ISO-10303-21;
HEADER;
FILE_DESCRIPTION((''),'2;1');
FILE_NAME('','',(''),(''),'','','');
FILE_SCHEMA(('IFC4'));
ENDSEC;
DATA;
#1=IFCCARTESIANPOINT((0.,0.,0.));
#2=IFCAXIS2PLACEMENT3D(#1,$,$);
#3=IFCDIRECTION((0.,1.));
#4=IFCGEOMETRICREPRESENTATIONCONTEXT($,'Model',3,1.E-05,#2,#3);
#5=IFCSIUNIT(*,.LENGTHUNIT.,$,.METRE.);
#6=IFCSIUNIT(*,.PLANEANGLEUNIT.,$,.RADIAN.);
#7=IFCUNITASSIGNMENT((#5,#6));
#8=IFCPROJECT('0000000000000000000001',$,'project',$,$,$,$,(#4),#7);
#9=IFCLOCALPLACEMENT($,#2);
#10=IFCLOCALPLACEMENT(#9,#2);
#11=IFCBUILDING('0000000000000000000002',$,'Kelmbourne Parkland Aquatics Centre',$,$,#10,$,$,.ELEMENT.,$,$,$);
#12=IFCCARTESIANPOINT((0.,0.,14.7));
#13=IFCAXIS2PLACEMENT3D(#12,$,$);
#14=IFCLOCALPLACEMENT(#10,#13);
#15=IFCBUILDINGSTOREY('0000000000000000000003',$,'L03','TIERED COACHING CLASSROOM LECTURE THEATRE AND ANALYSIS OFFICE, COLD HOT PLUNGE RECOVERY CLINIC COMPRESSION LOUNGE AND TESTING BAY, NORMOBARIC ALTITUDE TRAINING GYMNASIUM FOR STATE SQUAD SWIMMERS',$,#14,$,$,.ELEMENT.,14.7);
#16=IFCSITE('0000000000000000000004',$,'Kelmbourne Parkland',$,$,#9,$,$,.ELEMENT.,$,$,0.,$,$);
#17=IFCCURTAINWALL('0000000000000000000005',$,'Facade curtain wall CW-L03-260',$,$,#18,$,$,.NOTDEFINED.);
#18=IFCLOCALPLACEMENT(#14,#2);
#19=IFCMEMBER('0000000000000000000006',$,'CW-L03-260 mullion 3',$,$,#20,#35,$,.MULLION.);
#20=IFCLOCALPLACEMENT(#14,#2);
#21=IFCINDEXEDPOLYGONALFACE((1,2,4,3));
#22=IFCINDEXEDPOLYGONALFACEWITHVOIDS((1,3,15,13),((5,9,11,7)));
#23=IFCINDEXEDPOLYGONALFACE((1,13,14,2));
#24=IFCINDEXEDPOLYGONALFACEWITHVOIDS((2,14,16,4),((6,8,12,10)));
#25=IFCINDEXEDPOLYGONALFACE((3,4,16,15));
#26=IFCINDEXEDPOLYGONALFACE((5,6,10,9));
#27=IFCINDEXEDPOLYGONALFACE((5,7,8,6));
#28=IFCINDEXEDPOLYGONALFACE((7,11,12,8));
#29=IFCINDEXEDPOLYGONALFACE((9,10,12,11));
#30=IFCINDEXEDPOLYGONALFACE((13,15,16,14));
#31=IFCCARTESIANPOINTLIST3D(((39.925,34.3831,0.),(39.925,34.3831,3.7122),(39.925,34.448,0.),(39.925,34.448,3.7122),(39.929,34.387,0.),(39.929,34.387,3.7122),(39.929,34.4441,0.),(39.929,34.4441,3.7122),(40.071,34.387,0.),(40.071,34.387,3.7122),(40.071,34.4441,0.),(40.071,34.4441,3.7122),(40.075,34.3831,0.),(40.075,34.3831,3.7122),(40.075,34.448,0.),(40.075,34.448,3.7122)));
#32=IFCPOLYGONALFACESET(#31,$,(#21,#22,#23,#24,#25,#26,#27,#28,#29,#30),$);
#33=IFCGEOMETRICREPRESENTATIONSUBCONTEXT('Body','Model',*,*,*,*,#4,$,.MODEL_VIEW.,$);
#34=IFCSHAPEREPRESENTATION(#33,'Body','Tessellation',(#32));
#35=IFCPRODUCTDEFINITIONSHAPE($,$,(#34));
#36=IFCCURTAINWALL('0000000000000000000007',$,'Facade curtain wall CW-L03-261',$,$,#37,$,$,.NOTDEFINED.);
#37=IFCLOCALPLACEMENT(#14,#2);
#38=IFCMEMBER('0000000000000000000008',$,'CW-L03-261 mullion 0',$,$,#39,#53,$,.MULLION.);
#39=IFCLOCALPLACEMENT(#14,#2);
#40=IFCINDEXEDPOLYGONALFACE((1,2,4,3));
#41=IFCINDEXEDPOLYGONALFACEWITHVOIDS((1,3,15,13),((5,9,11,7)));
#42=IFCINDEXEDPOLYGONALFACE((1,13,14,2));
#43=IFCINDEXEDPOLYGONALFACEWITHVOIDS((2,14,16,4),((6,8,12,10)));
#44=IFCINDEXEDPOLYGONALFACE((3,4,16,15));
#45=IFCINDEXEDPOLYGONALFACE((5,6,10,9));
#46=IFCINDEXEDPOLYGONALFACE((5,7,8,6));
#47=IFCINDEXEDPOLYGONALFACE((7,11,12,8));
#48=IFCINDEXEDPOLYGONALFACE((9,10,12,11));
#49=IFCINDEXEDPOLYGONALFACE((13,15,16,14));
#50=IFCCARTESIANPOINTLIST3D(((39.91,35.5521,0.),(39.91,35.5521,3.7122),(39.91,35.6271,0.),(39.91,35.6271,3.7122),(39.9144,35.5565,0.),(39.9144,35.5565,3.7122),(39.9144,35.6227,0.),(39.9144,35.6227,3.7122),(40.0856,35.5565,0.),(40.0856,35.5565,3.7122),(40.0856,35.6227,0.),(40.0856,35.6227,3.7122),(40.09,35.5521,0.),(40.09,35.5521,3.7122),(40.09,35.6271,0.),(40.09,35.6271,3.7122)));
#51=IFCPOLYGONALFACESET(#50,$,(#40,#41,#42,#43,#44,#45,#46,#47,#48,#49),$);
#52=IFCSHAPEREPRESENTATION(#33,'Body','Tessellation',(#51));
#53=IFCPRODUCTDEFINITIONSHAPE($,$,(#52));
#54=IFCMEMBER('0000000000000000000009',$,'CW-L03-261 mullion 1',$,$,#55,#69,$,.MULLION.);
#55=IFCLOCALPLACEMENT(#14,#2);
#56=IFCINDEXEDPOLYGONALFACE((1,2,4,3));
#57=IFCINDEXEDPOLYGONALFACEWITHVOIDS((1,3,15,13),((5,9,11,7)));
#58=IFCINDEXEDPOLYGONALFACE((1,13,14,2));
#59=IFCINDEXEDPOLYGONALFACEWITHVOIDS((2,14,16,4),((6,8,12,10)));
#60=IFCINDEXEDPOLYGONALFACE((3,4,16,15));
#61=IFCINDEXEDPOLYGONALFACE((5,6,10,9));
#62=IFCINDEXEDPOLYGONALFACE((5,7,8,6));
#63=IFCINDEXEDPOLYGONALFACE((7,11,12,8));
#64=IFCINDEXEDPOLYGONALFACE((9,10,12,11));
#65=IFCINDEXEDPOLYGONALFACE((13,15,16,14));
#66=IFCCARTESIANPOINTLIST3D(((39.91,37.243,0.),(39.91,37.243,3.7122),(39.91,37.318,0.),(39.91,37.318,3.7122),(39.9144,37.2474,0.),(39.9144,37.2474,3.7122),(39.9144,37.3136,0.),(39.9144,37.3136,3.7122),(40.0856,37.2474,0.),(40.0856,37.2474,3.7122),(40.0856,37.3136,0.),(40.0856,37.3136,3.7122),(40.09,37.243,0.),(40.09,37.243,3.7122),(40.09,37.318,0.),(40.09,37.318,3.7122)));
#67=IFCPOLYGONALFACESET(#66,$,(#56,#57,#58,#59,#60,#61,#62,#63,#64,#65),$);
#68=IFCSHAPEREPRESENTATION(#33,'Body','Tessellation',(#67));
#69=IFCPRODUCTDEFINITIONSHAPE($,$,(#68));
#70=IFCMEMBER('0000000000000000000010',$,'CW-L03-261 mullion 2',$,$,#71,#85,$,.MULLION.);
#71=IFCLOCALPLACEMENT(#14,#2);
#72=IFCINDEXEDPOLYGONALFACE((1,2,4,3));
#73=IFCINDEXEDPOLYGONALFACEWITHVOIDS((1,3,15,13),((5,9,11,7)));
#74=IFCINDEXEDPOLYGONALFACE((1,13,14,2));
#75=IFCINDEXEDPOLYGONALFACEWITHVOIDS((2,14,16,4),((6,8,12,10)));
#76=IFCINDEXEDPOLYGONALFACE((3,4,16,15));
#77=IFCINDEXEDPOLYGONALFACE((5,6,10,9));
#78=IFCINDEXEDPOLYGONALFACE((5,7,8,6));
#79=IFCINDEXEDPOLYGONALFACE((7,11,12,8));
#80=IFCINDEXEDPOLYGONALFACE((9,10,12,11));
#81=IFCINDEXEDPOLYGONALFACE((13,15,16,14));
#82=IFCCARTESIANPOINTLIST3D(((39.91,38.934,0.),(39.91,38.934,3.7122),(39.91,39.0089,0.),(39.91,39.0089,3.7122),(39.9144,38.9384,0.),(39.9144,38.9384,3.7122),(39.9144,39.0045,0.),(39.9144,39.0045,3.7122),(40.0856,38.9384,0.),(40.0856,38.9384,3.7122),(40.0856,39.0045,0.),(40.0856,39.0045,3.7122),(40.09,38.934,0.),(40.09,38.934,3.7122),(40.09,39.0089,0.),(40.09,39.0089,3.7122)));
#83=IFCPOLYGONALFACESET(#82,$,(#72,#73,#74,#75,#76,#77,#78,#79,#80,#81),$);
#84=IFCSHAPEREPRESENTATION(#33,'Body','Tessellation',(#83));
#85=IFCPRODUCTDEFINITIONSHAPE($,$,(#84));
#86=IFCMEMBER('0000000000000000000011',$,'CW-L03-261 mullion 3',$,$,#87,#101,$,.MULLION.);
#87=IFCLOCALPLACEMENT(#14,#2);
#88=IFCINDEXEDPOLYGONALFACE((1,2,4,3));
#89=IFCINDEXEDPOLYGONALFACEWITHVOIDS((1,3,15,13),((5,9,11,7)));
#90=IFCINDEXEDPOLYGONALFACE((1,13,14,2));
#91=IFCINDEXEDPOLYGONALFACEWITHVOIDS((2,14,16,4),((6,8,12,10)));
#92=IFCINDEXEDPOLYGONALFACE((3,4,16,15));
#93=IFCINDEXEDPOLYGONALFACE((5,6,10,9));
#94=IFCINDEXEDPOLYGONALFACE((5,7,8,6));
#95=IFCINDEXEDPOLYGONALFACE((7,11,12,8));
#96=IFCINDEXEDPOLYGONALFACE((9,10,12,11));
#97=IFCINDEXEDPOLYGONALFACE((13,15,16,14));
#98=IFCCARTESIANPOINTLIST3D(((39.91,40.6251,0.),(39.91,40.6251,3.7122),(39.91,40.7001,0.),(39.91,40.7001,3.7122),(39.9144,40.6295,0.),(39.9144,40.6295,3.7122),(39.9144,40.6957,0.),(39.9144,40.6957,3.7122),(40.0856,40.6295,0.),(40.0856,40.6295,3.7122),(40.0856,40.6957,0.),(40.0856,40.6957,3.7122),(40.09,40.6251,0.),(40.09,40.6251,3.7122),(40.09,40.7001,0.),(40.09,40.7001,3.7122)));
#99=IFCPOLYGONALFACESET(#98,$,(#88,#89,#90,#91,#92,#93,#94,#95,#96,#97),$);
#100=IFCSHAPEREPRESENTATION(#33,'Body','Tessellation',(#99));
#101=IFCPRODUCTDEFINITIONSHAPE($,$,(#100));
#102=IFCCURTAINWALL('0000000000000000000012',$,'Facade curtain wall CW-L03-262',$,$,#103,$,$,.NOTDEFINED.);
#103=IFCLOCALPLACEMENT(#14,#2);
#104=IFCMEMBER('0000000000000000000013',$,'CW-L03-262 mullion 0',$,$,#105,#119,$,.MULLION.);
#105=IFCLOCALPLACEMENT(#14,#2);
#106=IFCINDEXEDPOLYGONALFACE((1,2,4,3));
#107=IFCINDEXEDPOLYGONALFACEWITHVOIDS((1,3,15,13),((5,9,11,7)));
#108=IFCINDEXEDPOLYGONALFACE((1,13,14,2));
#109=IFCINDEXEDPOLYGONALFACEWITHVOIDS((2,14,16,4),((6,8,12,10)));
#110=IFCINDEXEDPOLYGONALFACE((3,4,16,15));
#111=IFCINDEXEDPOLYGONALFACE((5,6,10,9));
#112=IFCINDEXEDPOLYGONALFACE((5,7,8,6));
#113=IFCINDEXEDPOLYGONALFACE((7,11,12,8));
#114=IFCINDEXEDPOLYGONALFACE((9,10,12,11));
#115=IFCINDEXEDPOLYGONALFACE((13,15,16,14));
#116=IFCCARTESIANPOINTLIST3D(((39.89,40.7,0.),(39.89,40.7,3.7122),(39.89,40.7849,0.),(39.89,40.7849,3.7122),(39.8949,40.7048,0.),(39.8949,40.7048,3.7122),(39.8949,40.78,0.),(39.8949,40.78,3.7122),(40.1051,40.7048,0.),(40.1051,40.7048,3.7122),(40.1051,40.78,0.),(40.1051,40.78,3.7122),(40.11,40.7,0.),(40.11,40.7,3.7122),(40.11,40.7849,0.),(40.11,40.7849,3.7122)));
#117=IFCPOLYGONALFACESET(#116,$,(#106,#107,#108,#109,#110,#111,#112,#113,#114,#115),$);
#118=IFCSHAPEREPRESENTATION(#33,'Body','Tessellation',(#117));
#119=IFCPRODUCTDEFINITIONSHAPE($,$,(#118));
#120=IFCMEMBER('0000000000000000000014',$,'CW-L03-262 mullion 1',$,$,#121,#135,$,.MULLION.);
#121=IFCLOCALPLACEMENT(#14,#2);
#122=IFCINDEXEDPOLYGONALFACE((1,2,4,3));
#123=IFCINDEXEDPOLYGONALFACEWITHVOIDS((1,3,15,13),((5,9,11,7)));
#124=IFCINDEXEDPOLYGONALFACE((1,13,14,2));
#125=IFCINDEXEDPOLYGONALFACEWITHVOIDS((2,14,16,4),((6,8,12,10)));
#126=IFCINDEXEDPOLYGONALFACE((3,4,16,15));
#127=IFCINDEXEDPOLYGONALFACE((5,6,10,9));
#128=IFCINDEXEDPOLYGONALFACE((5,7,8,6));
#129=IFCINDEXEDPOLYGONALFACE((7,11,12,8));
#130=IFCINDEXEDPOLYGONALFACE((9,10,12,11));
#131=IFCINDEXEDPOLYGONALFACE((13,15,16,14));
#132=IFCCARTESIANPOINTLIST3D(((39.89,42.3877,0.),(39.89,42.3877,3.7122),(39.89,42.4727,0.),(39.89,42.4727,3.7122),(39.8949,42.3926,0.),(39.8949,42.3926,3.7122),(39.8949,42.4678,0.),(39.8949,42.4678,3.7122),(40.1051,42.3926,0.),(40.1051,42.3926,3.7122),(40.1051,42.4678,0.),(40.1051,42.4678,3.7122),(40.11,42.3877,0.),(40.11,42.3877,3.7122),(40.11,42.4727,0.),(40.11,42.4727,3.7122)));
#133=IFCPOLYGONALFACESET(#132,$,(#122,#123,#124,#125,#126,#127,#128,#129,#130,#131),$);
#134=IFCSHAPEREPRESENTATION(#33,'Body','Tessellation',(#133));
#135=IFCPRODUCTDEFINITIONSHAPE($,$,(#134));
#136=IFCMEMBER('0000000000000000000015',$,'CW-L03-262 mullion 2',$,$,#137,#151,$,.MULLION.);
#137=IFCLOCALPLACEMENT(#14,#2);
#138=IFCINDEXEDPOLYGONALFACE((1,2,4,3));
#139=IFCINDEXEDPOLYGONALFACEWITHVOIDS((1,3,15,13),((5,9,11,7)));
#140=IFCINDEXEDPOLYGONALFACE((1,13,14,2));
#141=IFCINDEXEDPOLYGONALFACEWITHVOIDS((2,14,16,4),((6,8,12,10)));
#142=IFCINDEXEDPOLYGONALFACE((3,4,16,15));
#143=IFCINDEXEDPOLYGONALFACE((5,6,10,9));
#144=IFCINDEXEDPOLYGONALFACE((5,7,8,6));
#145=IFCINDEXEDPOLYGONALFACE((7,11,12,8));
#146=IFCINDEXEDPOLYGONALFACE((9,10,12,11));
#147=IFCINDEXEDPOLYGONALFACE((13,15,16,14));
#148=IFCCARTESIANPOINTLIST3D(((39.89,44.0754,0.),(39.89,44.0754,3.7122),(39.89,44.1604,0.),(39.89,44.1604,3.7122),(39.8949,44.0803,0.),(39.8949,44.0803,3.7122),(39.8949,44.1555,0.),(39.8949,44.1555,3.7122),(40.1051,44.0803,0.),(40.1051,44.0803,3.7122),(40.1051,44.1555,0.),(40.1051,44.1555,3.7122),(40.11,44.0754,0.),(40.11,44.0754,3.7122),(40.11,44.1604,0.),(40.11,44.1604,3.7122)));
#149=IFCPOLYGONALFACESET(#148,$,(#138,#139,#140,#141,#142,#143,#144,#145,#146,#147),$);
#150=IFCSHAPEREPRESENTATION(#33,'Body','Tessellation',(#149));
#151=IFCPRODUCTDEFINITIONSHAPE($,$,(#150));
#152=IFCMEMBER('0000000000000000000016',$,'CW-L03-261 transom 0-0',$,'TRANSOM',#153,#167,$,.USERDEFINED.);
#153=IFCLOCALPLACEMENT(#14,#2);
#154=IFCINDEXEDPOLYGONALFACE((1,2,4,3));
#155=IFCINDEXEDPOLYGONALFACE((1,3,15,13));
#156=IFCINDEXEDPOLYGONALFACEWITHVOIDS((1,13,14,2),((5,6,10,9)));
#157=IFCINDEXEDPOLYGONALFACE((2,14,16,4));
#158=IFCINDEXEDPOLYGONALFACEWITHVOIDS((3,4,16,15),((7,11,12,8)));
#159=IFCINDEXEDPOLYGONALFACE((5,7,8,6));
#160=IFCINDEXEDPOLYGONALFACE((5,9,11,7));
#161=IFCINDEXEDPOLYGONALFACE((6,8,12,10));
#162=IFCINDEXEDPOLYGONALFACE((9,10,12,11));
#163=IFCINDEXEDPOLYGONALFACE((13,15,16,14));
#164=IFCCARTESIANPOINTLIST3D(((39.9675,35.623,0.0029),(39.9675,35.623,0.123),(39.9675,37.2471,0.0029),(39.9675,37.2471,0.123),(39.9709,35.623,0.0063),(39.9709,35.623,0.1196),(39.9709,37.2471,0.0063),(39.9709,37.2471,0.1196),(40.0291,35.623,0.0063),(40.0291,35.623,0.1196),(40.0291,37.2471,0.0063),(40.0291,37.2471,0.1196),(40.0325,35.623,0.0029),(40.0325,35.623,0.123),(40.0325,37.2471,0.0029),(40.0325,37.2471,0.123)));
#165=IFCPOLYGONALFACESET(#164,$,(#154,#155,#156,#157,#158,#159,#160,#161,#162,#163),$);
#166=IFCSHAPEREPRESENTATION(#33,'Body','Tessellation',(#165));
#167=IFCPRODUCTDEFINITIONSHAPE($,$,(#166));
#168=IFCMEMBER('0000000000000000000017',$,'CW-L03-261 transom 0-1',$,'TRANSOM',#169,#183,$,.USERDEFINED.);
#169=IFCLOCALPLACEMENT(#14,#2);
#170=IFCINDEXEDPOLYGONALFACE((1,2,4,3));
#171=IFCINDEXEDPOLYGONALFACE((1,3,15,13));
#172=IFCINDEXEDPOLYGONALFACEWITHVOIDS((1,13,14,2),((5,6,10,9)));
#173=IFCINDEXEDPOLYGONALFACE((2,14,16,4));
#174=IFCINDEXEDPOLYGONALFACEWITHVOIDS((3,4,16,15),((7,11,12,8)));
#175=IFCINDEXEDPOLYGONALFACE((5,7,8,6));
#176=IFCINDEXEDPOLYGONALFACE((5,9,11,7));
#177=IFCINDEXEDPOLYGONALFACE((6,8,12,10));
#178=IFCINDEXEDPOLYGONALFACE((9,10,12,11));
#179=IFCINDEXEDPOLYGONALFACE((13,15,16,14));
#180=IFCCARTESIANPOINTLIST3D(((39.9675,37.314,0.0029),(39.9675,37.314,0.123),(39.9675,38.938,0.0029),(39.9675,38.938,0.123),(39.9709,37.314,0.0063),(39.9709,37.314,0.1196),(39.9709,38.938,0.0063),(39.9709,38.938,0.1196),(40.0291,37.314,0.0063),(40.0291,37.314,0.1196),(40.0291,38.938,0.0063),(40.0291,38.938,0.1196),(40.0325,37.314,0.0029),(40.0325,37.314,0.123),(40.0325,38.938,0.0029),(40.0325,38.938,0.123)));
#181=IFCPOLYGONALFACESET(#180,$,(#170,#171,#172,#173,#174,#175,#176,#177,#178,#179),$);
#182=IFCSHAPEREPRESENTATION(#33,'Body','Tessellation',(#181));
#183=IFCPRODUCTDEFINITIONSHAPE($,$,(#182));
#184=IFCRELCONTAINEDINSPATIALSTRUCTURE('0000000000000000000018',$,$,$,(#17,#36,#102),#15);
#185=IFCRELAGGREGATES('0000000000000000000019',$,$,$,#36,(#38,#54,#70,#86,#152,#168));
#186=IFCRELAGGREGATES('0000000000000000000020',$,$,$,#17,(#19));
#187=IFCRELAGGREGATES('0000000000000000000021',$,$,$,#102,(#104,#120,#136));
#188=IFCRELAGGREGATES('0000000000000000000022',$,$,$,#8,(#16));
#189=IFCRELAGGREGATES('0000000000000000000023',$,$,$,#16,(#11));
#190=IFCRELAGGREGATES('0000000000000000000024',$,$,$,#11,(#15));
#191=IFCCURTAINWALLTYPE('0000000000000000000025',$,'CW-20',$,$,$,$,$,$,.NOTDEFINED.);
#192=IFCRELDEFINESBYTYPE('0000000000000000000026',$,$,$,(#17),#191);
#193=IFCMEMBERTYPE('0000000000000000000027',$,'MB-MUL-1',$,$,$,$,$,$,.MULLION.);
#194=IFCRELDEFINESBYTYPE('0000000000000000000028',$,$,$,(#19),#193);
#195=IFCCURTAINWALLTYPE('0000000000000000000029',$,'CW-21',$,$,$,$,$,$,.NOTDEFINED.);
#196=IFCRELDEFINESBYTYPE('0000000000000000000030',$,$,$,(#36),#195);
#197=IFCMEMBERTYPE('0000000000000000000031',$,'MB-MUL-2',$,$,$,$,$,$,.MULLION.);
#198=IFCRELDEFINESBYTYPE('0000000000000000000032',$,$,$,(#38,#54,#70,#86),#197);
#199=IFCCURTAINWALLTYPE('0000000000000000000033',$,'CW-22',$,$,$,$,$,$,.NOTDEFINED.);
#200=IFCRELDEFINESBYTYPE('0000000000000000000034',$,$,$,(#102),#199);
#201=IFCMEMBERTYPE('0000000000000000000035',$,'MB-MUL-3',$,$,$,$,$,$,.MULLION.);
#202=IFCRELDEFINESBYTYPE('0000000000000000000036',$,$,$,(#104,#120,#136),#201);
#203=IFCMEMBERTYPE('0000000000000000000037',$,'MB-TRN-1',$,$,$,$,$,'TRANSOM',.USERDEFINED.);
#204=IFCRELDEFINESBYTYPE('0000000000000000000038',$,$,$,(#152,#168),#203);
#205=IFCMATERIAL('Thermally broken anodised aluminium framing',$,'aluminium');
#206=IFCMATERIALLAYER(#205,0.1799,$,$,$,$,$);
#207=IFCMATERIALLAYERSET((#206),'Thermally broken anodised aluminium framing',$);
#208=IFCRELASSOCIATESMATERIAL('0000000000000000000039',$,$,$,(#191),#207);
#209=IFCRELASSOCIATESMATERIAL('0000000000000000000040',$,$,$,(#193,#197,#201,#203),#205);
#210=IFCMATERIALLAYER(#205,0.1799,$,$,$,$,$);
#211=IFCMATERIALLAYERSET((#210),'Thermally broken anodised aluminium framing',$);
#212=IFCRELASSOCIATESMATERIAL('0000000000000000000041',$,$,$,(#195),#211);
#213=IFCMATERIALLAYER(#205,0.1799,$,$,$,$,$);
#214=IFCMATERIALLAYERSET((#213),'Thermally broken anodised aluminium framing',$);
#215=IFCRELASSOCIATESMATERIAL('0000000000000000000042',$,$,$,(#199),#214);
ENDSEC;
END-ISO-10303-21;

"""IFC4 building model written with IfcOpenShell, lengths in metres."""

from ifc_helpers import new_model, si_unit, direction, frame, origin, origin_2d, place, context, subcontext, project, spatial, hollow_rectangle, extrude, material, layer, layer_set, material_profile, profile_set, type_object, element, aggregate, save


model = new_model("IFC4")

# Units and contexts
model_context = context("Model", 3, precision=1e-05, world=origin(), true_north=direction((0.0, 1.0)))
body_context = subcontext(model_context, "Body", "Model", "MODEL_VIEW")
ifc_project = project(units=[si_unit("LENGTHUNIT", "METRE"), si_unit("PLANEANGLEUNIT", "RADIAN")], contexts=[model_context])

# Site, building, storey
site_placement = place(None, origin())
site = spatial("IfcSite", under=ifc_project, at=site_placement, Name="Kelmbourne Parkland", CompositionType="ELEMENT", RefElevation=0.0)
building_placement = place(site_placement, origin())
building = spatial("IfcBuilding", under=site, at=building_placement, Name="Kelmbourne Parkland Aquatics Centre", CompositionType="ELEMENT")
storey_placement = place(building_placement, frame((0.0, 0.0, 14.7)))
storey = spatial("IfcBuildingStorey", under=building, at=storey_placement, Name="L03", Description="TIERED COACHING CLASSROOM LECTURE THEATRE AND ANALYSIS OFFICE, COLD HOT PLUNGE RECOVERY CLINIC COMPRESSION LOUNGE AND TESTING BAY, NORMOBARIC ALTITUDE TRAINING GYMNASIUM FOR STATE SQUAD SWIMMERS", CompositionType="ELEMENT", Elevation=14.7)

# Curtain wall, member
ifc_material_1 = material(Name="Thermally broken anodised aluminium framing", Category="aluminium")
ifc_layer_1 = layer(ifc_material_1, 0.1799)
ifc_layer_set_1 = layer_set([ifc_layer_1], Name="Thermally broken anodised aluminium framing")
curtain_wall_type_1 = type_object("IfcCurtainWallType", Name="CW-20", PredefinedType="NOTDEFINED", material=ifc_layer_set_1)
curtain_wall_1_placement = place(storey_placement, origin())
curtain_wall_1 = element("IfcCurtainWall", 1, at=curtain_wall_1_placement, inside=storey, type_object=curtain_wall_type_1, Name="Facade curtain wall CW-L03-260", PredefinedType="NOTDEFINED")
ifc_material_profile_1 = material_profile(ifc_material_1, hollow_rectangle(XDim=0.0649, YDim=0.1499, WallThickness=0.0039, at=origin_2d()), Name="CW-M 65x150")
ifc_profile_set_1 = profile_set([ifc_material_profile_1], Name="Thermally broken anodised aluminium framing")
member_type_1 = type_object("IfcMemberType", Name="MB-MUL-1", PredefinedType="MULLION", material=ifc_profile_set_1)
member_1_placement = place(storey_placement, frame((40.0, 34.4155, 0.0), z_axis=(0.0, 0.0, 1.0), x_axis=(0.0, 1.0, 0.0)))
member_1 = element("IfcMember", 2, at=member_1_placement, type_object=member_type_1, Name="CW-L03-260 mullion 3", PredefinedType="MULLION", context=body_context, shape_type="SweptSolid", body=[
    extrude(hollow_rectangle(XDim=0.0649, YDim=0.1499, WallThickness=0.0039, at=origin_2d()), origin(), (0.0, 0.0, 1.0), 3.7122),
])

# Curtain walls, members
ifc_layer_2 = layer(ifc_material_1, 0.1799)
ifc_layer_set_2 = layer_set([ifc_layer_2], Name="Thermally broken anodised aluminium framing")
curtain_wall_type_2 = type_object("IfcCurtainWallType", Name="CW-21", PredefinedType="NOTDEFINED", material=ifc_layer_set_2)
curtain_wall_2_placement = place(storey_placement, origin())
curtain_wall_2 = element("IfcCurtainWall", 3, at=curtain_wall_2_placement, inside=storey, type_object=curtain_wall_type_2, Name="Facade curtain wall CW-L03-261", PredefinedType="NOTDEFINED")
ifc_material_profile_2 = material_profile(ifc_material_1, hollow_rectangle(XDim=0.075, YDim=0.1799, WallThickness=0.0044, at=origin_2d()), Name="CW-M 75x180")
ifc_profile_set_2 = profile_set([ifc_material_profile_2], Name="Thermally broken anodised aluminium framing")
member_type_2 = type_object("IfcMemberType", Name="MB-MUL-2", PredefinedType="MULLION", material=ifc_profile_set_2)
member_2_placement = place(storey_placement, frame((40.0, 35.5896, 0.0), z_axis=(0.0, 0.0, 1.0), x_axis=(0.0, 1.0, 0.0)))
member_2 = element("IfcMember", 4, at=member_2_placement, type_object=member_type_2, Name="CW-L03-261 mullion 0", PredefinedType="MULLION", context=body_context, shape_type="SweptSolid", body=[
    extrude(hollow_rectangle(XDim=0.075, YDim=0.1799, WallThickness=0.0044, at=origin_2d()), origin(), (0.0, 0.0, 1.0), 3.7122),
])
member_3_placement = place(storey_placement, frame((40.0, 37.2805, 0.0), z_axis=(0.0, 0.0, 1.0), x_axis=(0.0, 1.0, 0.0)))
member_3 = element("IfcMember", 5, at=member_3_placement, type_object=member_type_2, Name="CW-L03-261 mullion 1", PredefinedType="MULLION", context=body_context, shape_type="SweptSolid", body=[
    extrude(hollow_rectangle(XDim=0.075, YDim=0.1799, WallThickness=0.0044, at=origin_2d()), origin(), (0.0, 0.0, 1.0), 3.7122),
])
member_4_placement = place(storey_placement, frame((40.0, 38.9714, 0.0), z_axis=(0.0, 0.0, 1.0), x_axis=(0.0, 1.0, 0.0)))
member_4 = element("IfcMember", 6, at=member_4_placement, type_object=member_type_2, Name="CW-L03-261 mullion 2", PredefinedType="MULLION", context=body_context, shape_type="SweptSolid", body=[
    extrude(hollow_rectangle(XDim=0.075, YDim=0.1799, WallThickness=0.0044, at=origin_2d()), origin(), (0.0, 0.0, 1.0), 3.7122),
])
member_5_placement = place(storey_placement, frame((40.0, 40.6626, 0.0), z_axis=(0.0, 0.0, 1.0), x_axis=(0.0, 1.0, 0.0)))
member_5 = element("IfcMember", 7, at=member_5_placement, type_object=member_type_2, Name="CW-L03-261 mullion 3", PredefinedType="MULLION", context=body_context, shape_type="SweptSolid", body=[
    extrude(hollow_rectangle(XDim=0.075, YDim=0.1799, WallThickness=0.0044, at=origin_2d()), origin(), (0.0, 0.0, 1.0), 3.7122),
])
ifc_layer_3 = layer(ifc_material_1, 0.1799)
ifc_layer_set_3 = layer_set([ifc_layer_3], Name="Thermally broken anodised aluminium framing")
curtain_wall_type_3 = type_object("IfcCurtainWallType", Name="CW-22", PredefinedType="NOTDEFINED", material=ifc_layer_set_3)
curtain_wall_3_placement = place(storey_placement, origin())
curtain_wall_3 = element("IfcCurtainWall", 8, at=curtain_wall_3_placement, inside=storey, type_object=curtain_wall_type_3, Name="Facade curtain wall CW-L03-262", PredefinedType="NOTDEFINED")
ifc_material_profile_3 = material_profile(ifc_material_1, hollow_rectangle(XDim=0.085, YDim=0.22, WallThickness=0.0049, at=origin_2d()), Name="CW-M 85x220")
ifc_profile_set_3 = profile_set([ifc_material_profile_3], Name="Thermally broken anodised aluminium framing")
member_type_3 = type_object("IfcMemberType", Name="MB-MUL-3", PredefinedType="MULLION", material=ifc_profile_set_3)
member_6_placement = place(storey_placement, frame((40.0, 40.7424, 0.0), z_axis=(0.0, 0.0, 1.0), x_axis=(0.0, 1.0, 0.0)))
member_6 = element("IfcMember", 9, at=member_6_placement, type_object=member_type_3, Name="CW-L03-262 mullion 0", PredefinedType="MULLION", context=body_context, shape_type="SweptSolid", body=[
    extrude(hollow_rectangle(XDim=0.085, YDim=0.22, WallThickness=0.0049, at=origin_2d()), origin(), (0.0, 0.0, 1.0), 3.7122),
])
member_7_placement = place(storey_placement, frame((40.0, 42.4302, 0.0), z_axis=(0.0, 0.0, 1.0), x_axis=(0.0, 1.0, 0.0)))
member_7 = element("IfcMember", 10, at=member_7_placement, type_object=member_type_3, Name="CW-L03-262 mullion 1", PredefinedType="MULLION", context=body_context, shape_type="SweptSolid", body=[
    extrude(hollow_rectangle(XDim=0.085, YDim=0.22, WallThickness=0.0049, at=origin_2d()), origin(), (0.0, 0.0, 1.0), 3.7122),
])
member_8_placement = place(storey_placement, frame((40.0, 44.1179, 0.0), z_axis=(0.0, 0.0, 1.0), x_axis=(0.0, 1.0, 0.0)))
member_8 = element("IfcMember", 11, at=member_8_placement, type_object=member_type_3, Name="CW-L03-262 mullion 2", PredefinedType="MULLION", context=body_context, shape_type="SweptSolid", body=[
    extrude(hollow_rectangle(XDim=0.085, YDim=0.22, WallThickness=0.0049, at=origin_2d()), origin(), (0.0, 0.0, 1.0), 3.7122),
])

# Members
ifc_material_profile_4 = material_profile(ifc_material_1, hollow_rectangle(XDim=0.0649, YDim=0.1201, WallThickness=0.0034, at=origin_2d()), Name="CW-T 65x120")
ifc_profile_set_4 = profile_set([ifc_material_profile_4], Name="Thermally broken anodised aluminium framing")
member_type_4 = type_object("IfcMemberType", Name="MB-TRN-1", ElementType="TRANSOM", PredefinedType="USERDEFINED", material=ifc_profile_set_4)
member_9_placement = place(storey_placement, frame((40.0, 35.623, 0.063), z_axis=(0.0, 1.0, 0.0), x_axis=(-1.0, 0.0, 0.0)))
member_9 = element("IfcMember", 12, at=member_9_placement, type_object=member_type_4, Name="CW-L03-261 transom 0-0", ObjectType="TRANSOM", PredefinedType="USERDEFINED", context=body_context, shape_type="SweptSolid", body=[
    extrude(hollow_rectangle(XDim=0.0649, YDim=0.1201, WallThickness=0.0034, at=origin_2d()), origin(), (0.0, 0.0, 1.0), 1.624),
])
member_10_placement = place(storey_placement, frame((40.0, 37.314, 0.063), z_axis=(0.0, 1.0, 0.0), x_axis=(-1.0, 0.0, 0.0)))
member_10 = element("IfcMember", 13, at=member_10_placement, type_object=member_type_4, Name="CW-L03-261 transom 0-1", ObjectType="TRANSOM", PredefinedType="USERDEFINED", context=body_context, shape_type="SweptSolid", body=[
    extrude(hollow_rectangle(XDim=0.0649, YDim=0.1201, WallThickness=0.0034, at=origin_2d()), origin(), (0.0, 0.0, 1.0), 1.624),
])

aggregate(curtain_wall_2, [member_2, member_3, member_4, member_5, member_9, member_10])
aggregate(curtain_wall_1, [member_1])
aggregate(curtain_wall_3, [member_6, member_7, member_8])

save(model, "model.ifc")
